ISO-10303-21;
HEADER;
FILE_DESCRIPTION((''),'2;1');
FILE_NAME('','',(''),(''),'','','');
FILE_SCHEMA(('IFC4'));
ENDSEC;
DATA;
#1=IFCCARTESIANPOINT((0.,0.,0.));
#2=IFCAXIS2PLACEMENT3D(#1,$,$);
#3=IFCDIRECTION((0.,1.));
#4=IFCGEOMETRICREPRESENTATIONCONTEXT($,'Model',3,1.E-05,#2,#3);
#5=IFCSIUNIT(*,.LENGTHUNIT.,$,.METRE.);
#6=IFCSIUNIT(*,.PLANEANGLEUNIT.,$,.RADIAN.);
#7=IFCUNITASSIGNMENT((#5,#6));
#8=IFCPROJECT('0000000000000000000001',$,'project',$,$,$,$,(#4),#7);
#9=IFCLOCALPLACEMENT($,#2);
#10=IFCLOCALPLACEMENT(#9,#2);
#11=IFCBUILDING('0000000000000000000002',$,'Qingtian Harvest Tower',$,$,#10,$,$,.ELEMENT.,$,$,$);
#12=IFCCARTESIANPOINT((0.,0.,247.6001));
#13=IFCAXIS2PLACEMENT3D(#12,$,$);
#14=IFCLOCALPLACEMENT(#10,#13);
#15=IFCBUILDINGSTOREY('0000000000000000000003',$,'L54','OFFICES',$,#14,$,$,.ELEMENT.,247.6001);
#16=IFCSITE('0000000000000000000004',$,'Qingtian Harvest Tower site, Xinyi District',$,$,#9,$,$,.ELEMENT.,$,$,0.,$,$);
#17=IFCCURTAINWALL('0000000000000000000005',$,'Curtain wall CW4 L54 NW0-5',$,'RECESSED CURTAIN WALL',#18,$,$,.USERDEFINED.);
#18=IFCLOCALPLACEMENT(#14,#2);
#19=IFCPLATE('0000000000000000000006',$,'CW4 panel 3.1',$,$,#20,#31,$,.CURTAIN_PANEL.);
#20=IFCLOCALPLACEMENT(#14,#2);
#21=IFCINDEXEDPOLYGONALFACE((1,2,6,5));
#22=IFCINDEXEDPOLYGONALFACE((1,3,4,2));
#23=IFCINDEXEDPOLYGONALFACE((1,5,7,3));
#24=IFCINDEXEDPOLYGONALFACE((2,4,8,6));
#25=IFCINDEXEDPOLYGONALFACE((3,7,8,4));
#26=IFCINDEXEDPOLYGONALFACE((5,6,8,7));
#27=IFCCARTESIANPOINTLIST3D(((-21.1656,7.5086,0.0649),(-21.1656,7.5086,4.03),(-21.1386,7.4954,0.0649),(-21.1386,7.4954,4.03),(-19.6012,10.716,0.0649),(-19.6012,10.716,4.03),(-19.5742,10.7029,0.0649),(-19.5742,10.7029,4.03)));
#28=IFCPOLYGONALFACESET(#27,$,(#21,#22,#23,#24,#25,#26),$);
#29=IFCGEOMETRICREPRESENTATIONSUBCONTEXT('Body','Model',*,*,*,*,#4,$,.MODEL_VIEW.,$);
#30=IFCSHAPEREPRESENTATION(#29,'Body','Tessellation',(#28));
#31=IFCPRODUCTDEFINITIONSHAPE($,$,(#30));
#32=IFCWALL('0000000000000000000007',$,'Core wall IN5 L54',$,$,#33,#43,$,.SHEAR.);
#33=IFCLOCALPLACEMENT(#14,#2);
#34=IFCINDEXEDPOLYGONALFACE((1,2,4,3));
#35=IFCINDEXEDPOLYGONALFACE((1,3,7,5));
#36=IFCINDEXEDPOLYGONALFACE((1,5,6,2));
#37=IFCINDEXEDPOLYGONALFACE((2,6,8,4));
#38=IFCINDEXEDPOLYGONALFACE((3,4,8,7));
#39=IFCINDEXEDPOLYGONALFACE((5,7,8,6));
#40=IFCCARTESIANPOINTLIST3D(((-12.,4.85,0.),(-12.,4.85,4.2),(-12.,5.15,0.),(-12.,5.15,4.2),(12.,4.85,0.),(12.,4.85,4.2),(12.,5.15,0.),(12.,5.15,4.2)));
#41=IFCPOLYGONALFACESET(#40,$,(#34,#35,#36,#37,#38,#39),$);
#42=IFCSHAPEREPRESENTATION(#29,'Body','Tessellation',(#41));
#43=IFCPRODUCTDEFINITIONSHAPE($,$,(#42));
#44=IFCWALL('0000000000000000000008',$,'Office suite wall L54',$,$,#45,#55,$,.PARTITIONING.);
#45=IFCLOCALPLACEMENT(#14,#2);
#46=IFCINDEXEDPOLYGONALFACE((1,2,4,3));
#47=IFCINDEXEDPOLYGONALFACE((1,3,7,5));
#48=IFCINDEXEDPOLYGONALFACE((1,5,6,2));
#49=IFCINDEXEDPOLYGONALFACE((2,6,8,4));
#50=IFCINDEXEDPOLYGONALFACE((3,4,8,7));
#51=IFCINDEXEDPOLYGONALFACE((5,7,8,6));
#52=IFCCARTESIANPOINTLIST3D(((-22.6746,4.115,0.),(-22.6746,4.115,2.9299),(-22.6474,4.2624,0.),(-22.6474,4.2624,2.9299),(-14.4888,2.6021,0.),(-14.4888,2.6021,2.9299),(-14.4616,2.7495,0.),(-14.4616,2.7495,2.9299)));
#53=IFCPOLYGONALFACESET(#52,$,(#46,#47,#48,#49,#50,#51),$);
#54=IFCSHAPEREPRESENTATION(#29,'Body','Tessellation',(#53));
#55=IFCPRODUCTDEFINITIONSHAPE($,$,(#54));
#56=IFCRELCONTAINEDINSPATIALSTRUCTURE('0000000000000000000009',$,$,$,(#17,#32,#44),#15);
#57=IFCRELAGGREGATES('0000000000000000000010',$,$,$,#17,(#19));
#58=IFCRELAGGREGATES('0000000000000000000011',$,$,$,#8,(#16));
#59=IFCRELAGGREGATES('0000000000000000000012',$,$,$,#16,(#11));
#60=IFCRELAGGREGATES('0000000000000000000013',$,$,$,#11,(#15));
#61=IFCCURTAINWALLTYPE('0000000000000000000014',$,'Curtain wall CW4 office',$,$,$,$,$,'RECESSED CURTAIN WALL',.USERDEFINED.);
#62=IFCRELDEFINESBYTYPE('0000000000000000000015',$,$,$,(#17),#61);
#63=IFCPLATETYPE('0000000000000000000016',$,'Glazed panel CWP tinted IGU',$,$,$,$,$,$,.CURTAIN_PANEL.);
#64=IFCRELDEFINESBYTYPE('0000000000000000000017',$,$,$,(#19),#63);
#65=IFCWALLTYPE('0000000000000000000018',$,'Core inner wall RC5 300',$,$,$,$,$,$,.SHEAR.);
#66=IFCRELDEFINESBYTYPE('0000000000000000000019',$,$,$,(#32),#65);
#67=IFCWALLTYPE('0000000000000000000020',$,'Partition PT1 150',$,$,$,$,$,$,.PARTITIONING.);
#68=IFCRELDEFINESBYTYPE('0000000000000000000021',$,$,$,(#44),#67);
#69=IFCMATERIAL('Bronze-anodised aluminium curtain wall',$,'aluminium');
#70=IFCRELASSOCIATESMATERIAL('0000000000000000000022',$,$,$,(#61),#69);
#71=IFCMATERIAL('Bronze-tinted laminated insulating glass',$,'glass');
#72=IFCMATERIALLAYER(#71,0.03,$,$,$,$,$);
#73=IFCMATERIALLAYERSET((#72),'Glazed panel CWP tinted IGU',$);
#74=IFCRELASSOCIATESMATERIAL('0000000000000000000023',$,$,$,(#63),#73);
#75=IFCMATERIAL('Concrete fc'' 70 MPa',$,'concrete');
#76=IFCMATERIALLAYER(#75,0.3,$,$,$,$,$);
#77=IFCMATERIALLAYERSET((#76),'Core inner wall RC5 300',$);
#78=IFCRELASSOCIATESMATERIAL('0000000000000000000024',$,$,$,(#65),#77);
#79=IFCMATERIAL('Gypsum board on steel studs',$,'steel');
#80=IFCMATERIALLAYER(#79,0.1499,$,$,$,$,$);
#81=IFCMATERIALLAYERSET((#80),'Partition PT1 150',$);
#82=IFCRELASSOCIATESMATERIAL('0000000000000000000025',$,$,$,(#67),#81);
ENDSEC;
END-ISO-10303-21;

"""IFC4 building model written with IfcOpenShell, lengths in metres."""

from ifc_helpers import new_model, si_unit, direction, frame, frame_2d, origin, origin_2d, place, context, subcontext, project, spatial, rectangle, extrude, material, layer, layer_set, type_object, element, aggregate, save


model = new_model("IFC4")

# Units and contexts
model_context = context("Model", 3, precision=1e-05, world=origin(), true_north=direction((0.0, 1.0)))
body_context = subcontext(model_context, "Body", "Model", "MODEL_VIEW")
ifc_project = project(units=[si_unit("LENGTHUNIT", "METRE"), si_unit("PLANEANGLEUNIT", "RADIAN")], contexts=[model_context])

# Site, building, storey
site_placement = place(None, origin())
site = spatial("IfcSite", under=ifc_project, at=site_placement, Name="Qingtian Harvest Tower site, Xinyi District", CompositionType="ELEMENT", RefElevation=0.0)
building_placement = place(site_placement, origin())
building = spatial("IfcBuilding", under=site, at=building_placement, Name="Qingtian Harvest Tower", CompositionType="ELEMENT")
storey_placement = place(building_placement, frame((0.0, 0.0, 247.6001)))
storey = spatial("IfcBuildingStorey", under=building, at=storey_placement, Name="L54", Description="OFFICES", CompositionType="ELEMENT", Elevation=247.6001)

# Curtain wall
ifc_material_1 = material(Name="Bronze-anodised aluminium curtain wall", Category="aluminium")
curtain_wall_type = type_object("IfcCurtainWallType", Name="Curtain wall CW4 office", ElementType="RECESSED CURTAIN WALL", PredefinedType="USERDEFINED", material=ifc_material_1)
curtain_wall_placement = place(storey_placement, origin())
curtain_wall = element("IfcCurtainWall", 1, at=curtain_wall_placement, inside=storey, type_object=curtain_wall_type, Name="Curtain wall CW4 L54 NW0-5", ObjectType="RECESSED CURTAIN WALL", PredefinedType="USERDEFINED")

# Plate
ifc_material_2 = material(Name="Bronze-tinted laminated insulating glass", Category="glass")
ifc_layer_1 = layer(ifc_material_2, 0.03)
ifc_layer_set_1 = layer_set([ifc_layer_1], Name="Glazed panel CWP tinted IGU")
plate_type = type_object("IfcPlateType", Name="Glazed panel CWP tinted IGU", PredefinedType="CURTAIN_PANEL", material=ifc_layer_set_1)
plate_1_placement = place(storey_placement, frame((-20.3699, 9.1057, 0.0649), z_axis=(0.0, 0.0, 1.0), x_axis=(0.438371, 0.898794, 0.0)))
plate_1 = element("IfcPlate", 2, at=plate_1_placement, type_object=plate_type, Name="CW4 panel 3.1", PredefinedType="CURTAIN_PANEL", context=body_context, shape_type="SweptSolid", body=[
    extrude(rectangle(XDim=3.5686, YDim=0.03, at=origin_2d()), origin(), (0.0, 0.0, 1.0), 3.9651),
])
aggregate(curtain_wall, [plate_1])

# Wall
ifc_material_3 = material(Name="Concrete fc' 70 MPa", Category="concrete")
ifc_layer_2 = layer(ifc_material_3, 0.3)
ifc_layer_set_2 = layer_set([ifc_layer_2], Name="Core inner wall RC5 300")
wall_type_1 = type_object("IfcWallType", Name="Core inner wall RC5 300", PredefinedType="SHEAR", material=ifc_layer_set_2)
wall_1_placement = place(storey_placement, frame((-12.0, 5.0, 0.0), z_axis=(0.0, 0.0, 1.0), x_axis=(1.0, 0.0, 0.0)))
element("IfcWall", 3, at=wall_1_placement, inside=storey, type_object=wall_type_1, Name="Core wall IN5 L54", PredefinedType="SHEAR", context=body_context, shape_type="SweptSolid", body=[
    extrude(rectangle(XDim=24.0, YDim=0.3, at=frame_2d((12.0, 0.0))), origin(), (0.0, 0.0, 1.0), 4.2),
])

# Wall
ifc_material_4 = material(Name="Gypsum board on steel studs", Category="steel")
ifc_layer_3 = layer(ifc_material_4, 0.1499)
ifc_layer_set_3 = layer_set([ifc_layer_3], Name="Partition PT1 150")
wall_type_2 = type_object("IfcWallType", Name="Partition PT1 150", PredefinedType="PARTITIONING", material=ifc_layer_set_3)
wall_2_placement = place(storey_placement, frame((-22.6609, 4.1887, 0.0), z_axis=(0.0, 0.0, 1.0), x_axis=(0.983345, -0.181747, 0.0)))
element("IfcWall", 4, at=wall_2_placement, inside=storey, type_object=wall_type_2, Name="Office suite wall L54", PredefinedType="PARTITIONING", context=body_context, shape_type="SweptSolid", body=[
    extrude(rectangle(XDim=8.3245, YDim=0.1499, at=frame_2d((4.1621, 0.0))), origin(), (0.0, 0.0, 1.0), 2.9299),
])

save(model, "model.ifc")
